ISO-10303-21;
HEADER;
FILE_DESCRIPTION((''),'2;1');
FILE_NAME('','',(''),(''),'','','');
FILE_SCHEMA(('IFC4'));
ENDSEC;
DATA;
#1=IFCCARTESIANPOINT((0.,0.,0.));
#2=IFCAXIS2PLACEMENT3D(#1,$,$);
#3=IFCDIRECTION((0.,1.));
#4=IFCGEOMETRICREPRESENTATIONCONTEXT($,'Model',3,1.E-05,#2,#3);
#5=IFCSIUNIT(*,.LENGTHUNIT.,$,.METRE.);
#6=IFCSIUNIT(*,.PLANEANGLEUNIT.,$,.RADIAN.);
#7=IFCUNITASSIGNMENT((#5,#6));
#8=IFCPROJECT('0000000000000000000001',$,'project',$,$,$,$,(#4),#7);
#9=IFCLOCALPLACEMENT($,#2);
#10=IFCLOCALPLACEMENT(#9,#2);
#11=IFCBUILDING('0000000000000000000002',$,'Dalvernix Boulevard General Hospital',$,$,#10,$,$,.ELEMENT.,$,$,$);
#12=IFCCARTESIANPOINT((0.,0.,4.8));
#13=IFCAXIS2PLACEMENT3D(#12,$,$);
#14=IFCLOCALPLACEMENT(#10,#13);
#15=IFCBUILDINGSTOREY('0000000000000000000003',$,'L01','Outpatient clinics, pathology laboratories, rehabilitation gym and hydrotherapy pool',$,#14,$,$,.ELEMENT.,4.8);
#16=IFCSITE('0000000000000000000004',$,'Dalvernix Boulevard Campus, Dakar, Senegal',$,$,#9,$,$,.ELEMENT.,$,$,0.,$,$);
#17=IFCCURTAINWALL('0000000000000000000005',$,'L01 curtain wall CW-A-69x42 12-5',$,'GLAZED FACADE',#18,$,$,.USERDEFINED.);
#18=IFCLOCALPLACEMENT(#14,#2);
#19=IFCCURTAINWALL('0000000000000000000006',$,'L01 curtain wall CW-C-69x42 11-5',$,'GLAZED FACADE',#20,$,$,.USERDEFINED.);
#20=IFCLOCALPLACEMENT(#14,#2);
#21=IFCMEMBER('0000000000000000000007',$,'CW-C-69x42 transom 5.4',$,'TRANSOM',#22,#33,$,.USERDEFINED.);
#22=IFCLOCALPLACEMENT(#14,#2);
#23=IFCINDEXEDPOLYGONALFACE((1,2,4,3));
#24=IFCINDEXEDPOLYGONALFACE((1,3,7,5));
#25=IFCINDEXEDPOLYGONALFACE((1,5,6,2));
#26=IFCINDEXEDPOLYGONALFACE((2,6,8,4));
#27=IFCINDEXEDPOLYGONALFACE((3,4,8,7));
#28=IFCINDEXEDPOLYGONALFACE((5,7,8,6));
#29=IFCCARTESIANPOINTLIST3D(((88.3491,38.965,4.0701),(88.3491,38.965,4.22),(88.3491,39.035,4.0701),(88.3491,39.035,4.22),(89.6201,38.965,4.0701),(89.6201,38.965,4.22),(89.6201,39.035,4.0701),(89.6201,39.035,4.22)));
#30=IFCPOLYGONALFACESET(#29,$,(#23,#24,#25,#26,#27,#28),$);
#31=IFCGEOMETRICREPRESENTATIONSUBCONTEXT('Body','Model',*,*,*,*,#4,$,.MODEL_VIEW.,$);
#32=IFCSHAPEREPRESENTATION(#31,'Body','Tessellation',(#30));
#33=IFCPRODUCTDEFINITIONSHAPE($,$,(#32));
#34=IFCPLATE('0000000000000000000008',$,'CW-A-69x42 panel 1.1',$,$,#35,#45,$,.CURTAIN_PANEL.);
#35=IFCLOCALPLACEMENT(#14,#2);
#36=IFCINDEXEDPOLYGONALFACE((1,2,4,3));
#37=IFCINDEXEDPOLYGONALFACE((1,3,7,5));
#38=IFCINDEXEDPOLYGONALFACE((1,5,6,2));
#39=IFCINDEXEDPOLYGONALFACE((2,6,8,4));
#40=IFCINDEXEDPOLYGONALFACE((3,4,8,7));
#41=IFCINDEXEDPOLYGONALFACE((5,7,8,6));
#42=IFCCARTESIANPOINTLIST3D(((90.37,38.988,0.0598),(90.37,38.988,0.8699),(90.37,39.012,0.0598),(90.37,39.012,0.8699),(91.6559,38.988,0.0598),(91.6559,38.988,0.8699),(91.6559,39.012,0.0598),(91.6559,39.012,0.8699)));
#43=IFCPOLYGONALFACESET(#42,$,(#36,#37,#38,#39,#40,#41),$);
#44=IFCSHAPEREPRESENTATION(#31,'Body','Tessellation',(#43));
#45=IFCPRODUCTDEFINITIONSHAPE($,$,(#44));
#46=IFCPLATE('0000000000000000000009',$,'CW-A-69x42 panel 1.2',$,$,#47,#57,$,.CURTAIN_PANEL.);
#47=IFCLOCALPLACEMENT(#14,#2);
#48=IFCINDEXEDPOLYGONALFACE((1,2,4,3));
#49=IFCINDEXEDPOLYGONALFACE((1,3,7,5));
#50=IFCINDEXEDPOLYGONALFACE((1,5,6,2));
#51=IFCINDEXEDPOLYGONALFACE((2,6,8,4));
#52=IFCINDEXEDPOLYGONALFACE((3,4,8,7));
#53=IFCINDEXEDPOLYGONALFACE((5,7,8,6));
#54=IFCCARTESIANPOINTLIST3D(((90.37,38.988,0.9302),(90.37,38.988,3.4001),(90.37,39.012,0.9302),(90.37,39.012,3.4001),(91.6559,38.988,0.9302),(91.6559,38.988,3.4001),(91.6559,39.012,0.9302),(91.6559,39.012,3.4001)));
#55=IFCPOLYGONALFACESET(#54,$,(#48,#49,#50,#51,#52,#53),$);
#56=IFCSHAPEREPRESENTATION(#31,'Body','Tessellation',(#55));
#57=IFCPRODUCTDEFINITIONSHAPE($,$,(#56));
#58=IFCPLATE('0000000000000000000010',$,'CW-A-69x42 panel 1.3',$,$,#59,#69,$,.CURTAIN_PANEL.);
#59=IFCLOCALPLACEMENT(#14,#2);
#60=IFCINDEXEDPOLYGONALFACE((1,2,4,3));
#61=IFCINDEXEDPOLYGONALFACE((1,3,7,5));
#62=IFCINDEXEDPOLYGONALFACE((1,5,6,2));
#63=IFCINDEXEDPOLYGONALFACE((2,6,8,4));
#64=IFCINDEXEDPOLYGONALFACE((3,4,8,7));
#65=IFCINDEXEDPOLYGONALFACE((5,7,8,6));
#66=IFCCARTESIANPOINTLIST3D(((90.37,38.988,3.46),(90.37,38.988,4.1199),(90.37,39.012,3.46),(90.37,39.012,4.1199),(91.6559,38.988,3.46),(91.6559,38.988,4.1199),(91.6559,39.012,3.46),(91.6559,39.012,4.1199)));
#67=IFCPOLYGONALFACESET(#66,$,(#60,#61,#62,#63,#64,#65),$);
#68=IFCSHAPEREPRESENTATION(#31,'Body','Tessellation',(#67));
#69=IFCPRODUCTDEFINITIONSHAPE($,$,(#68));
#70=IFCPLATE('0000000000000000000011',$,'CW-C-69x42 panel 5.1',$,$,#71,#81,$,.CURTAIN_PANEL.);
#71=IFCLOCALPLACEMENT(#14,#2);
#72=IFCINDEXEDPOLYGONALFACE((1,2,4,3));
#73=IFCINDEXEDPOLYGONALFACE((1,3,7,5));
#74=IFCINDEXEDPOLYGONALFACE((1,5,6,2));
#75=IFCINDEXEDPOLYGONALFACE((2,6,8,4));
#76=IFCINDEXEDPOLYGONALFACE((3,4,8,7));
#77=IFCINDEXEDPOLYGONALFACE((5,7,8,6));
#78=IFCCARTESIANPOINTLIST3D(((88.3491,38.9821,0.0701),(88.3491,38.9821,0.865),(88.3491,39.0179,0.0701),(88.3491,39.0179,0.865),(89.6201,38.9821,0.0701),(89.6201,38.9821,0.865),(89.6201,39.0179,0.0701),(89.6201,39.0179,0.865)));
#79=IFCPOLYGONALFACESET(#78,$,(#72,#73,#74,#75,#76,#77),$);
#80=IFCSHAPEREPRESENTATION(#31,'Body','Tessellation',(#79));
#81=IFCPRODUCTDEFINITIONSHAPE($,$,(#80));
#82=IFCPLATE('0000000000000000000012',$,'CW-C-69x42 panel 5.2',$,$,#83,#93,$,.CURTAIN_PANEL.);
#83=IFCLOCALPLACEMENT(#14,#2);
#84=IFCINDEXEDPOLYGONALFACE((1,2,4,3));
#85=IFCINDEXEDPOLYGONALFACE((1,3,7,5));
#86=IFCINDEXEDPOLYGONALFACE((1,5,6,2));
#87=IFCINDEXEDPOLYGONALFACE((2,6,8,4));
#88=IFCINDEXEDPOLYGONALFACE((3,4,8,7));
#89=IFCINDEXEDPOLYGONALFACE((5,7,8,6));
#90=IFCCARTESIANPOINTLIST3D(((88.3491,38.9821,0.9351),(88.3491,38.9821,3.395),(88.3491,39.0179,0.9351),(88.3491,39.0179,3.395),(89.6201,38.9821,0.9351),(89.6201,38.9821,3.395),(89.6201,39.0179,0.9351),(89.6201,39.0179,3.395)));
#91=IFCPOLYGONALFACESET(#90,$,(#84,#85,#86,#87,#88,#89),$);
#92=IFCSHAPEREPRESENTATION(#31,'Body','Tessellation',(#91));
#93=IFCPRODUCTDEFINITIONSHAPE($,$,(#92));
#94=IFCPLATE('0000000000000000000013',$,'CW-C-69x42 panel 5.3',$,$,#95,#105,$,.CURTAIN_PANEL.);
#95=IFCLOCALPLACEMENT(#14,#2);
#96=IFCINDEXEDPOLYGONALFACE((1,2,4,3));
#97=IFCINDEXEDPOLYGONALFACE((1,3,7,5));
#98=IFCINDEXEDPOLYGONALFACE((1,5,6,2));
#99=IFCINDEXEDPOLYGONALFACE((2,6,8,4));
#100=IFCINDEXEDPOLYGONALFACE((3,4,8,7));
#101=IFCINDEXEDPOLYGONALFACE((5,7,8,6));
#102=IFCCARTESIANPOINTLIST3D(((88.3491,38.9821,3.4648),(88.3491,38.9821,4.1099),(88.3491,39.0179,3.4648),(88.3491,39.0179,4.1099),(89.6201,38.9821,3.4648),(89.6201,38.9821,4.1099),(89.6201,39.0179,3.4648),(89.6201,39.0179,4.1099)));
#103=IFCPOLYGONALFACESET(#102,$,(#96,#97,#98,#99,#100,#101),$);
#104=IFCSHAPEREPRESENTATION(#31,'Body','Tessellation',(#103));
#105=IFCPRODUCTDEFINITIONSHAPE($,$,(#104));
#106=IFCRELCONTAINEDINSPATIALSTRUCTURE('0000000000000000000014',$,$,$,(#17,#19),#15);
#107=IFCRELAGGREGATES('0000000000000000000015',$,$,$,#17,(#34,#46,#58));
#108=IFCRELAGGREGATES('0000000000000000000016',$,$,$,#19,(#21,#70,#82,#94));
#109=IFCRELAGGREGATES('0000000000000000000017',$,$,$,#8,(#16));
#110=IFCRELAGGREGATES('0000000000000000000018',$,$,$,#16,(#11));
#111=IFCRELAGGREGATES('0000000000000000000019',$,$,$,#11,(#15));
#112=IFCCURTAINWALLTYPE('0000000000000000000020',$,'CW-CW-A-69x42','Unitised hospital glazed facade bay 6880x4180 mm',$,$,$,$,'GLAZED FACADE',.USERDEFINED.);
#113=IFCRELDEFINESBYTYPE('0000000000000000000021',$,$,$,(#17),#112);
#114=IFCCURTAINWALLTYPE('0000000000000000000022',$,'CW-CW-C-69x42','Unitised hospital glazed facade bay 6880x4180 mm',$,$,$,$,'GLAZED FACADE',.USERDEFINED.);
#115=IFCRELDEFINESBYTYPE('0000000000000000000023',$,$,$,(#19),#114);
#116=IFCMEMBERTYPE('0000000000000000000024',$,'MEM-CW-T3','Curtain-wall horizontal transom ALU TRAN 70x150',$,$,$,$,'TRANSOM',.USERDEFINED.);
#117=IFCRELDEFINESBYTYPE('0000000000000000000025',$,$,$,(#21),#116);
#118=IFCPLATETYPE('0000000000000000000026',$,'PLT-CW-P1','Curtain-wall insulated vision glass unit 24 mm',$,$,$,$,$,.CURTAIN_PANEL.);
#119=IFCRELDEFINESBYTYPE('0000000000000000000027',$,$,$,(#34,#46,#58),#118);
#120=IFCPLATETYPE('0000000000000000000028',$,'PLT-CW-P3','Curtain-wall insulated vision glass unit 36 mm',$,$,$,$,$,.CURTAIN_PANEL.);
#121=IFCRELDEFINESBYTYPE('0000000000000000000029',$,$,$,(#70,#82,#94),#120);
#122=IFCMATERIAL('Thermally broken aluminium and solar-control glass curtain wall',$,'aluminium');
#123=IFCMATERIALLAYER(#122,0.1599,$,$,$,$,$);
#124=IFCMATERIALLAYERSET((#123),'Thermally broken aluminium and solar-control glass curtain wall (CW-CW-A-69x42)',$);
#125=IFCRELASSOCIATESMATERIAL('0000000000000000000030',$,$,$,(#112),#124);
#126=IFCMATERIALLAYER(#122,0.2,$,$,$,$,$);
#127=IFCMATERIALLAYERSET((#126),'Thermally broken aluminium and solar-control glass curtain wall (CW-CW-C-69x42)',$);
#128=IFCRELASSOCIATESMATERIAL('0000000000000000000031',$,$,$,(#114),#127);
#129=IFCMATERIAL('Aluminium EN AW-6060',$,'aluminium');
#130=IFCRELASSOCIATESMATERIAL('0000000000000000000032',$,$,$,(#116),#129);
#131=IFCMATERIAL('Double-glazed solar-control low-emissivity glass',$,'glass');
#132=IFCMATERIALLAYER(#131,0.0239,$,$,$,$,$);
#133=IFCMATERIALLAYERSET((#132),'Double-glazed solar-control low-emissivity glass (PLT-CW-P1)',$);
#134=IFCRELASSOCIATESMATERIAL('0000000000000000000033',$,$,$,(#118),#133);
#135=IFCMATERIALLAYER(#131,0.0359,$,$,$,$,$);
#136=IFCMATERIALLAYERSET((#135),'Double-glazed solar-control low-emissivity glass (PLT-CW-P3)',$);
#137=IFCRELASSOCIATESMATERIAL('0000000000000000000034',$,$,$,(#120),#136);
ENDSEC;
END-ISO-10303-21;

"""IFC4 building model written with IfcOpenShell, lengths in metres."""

from ifc_helpers import new_model, si_unit, direction, frame, origin, origin_2d, place, context, subcontext, project, spatial, rectangle, extrude, material, layer, layer_set, material_profile, profile_set, type_object, element, aggregate, save


model = new_model("IFC4")

# Units and contexts
model_context = context("Model", 3, precision=1e-05, world=origin(), true_north=direction((0.0, 1.0)))
body_context = subcontext(model_context, "Body", "Model", "MODEL_VIEW")
ifc_project = project(units=[si_unit("LENGTHUNIT", "METRE"), si_unit("PLANEANGLEUNIT", "RADIAN")], contexts=[model_context])

# Site, building, storey
site_placement = place(None, origin())
site = spatial("IfcSite", under=ifc_project, at=site_placement, Name="Dalvernix Boulevard Campus, Dakar, Senegal", CompositionType="ELEMENT", RefElevation=0.0)
building_placement = place(site_placement, origin())
building = spatial("IfcBuilding", under=site, at=building_placement, Name="Dalvernix Boulevard General Hospital", CompositionType="ELEMENT")
storey_placement = place(building_placement, frame((0.0, 0.0, 4.8)))
storey = spatial("IfcBuildingStorey", under=building, at=storey_placement, Name="L01", Description="Outpatient clinics, pathology laboratories, rehabilitation gym and hydrotherapy pool", CompositionType="ELEMENT", Elevation=4.8)

# Curtain walls
ifc_material_1 = material(Name="Thermally broken aluminium and solar-control glass curtain wall", Category="aluminium")
ifc_layer_1 = layer(ifc_material_1, 0.1599)
ifc_layer_set_1 = layer_set([ifc_layer_1], Name="Thermally broken aluminium and solar-control glass curtain wall (CW-CW-A-69x42)")
curtain_wall_type_1 = type_object("IfcCurtainWallType", Name="CW-CW-A-69x42", Description="Unitised hospital glazed facade bay 6880x4180 mm", ElementType="GLAZED FACADE", PredefinedType="USERDEFINED", material=ifc_layer_set_1)
curtain_wall_1_placement = place(storey_placement, origin())
curtain_wall_1 = element("IfcCurtainWall", 1, at=curtain_wall_1_placement, inside=storey, type_object=curtain_wall_type_1, Name="L01 curtain wall CW-A-69x42 12-5", ObjectType="GLAZED FACADE", PredefinedType="USERDEFINED")
ifc_material_2 = material(Name="Aluminium EN AW-6060", Category="aluminium")
ifc_layer_2 = layer(ifc_material_1, 0.2)
ifc_layer_set_2 = layer_set([ifc_layer_2], Name="Thermally broken aluminium and solar-control glass curtain wall (CW-CW-C-69x42)")
curtain_wall_type_2 = type_object("IfcCurtainWallType", Name="CW-CW-C-69x42", Description="Unitised hospital glazed facade bay 6880x4180 mm", ElementType="GLAZED FACADE", PredefinedType="USERDEFINED", material=ifc_layer_set_2)
curtain_wall_2_placement = place(storey_placement, origin())
curtain_wall_2 = element("IfcCurtainWall", 2, at=curtain_wall_2_placement, inside=storey, type_object=curtain_wall_type_2, Name="L01 curtain wall CW-C-69x42 11-5", ObjectType="GLAZED FACADE", PredefinedType="USERDEFINED")

# Member
ifc_material_profile_1 = material_profile(ifc_material_2, rectangle(XDim=0.0701, YDim=0.1499, at=origin_2d()), Name="ALU TRAN 70x150")
ifc_profile_set_1 = profile_set([ifc_material_profile_1], Name="Aluminium EN AW-6060")
member_type_1 = type_object("IfcMemberType", Name="MEM-CW-T3", Description="Curtain-wall horizontal transom ALU TRAN 70x150", ElementType="TRANSOM", PredefinedType="USERDEFINED", material=ifc_profile_set_1)
member_1_placement = place(storey_placement, frame((88.3491, 39.0, 4.145), z_axis=(1.0, 0.0, 0.0), x_axis=(0.0, 1.0, 0.0)))
member_1 = element("IfcMember", 3, at=member_1_placement, type_object=member_type_1, Name="CW-C-69x42 transom 5.4", ObjectType="TRANSOM", PredefinedType="USERDEFINED", context=body_context, shape_type="SweptSolid", body=[
    extrude(rectangle(XDim=0.0701, YDim=0.1499, at=origin_2d()), origin(), (0.0, 0.0, 1.0), 1.271),
])

# Plates
ifc_material_3 = material(Name="Double-glazed solar-control low-emissivity glass", Category="glass")
ifc_layer_3 = layer(ifc_material_3, 0.0239)
ifc_layer_set_3 = layer_set([ifc_layer_3], Name="Double-glazed solar-control low-emissivity glass (PLT-CW-P1)")
plate_type_1 = type_object("IfcPlateType", Name="PLT-CW-P1", Description="Curtain-wall insulated vision glass unit 24 mm", PredefinedType="CURTAIN_PANEL", material=ifc_layer_set_3)
plate_1_placement = place(storey_placement, frame((91.0129, 39.0, 0.0598), z_axis=(0.0, 0.0, 1.0), x_axis=(1.0, 0.0, 0.0)))
plate_1 = element("IfcPlate", 4, at=plate_1_placement, type_object=plate_type_1, Name="CW-A-69x42 panel 1.1", PredefinedType="CURTAIN_PANEL", context=body_context, shape_type="SweptSolid", body=[
    extrude(rectangle(XDim=1.2859, YDim=0.0239, at=origin_2d()), origin(), (0.0, 0.0, 1.0), 0.8101),
])
plate_2_placement = place(storey_placement, frame((91.0129, 39.0, 0.9302), z_axis=(0.0, 0.0, 1.0), x_axis=(1.0, 0.0, 0.0)))
plate_2 = element("IfcPlate", 5, at=plate_2_placement, type_object=plate_type_1, Name="CW-A-69x42 panel 1.2", PredefinedType="CURTAIN_PANEL", context=body_context, shape_type="SweptSolid", body=[
    extrude(rectangle(XDim=1.2859, YDim=0.0239, at=origin_2d()), origin(), (0.0, 0.0, 1.0), 2.47),
])
plate_3_placement = place(storey_placement, frame((91.0129, 39.0, 3.46), z_axis=(0.0, 0.0, 1.0), x_axis=(1.0, 0.0, 0.0)))
plate_3 = element("IfcPlate", 6, at=plate_3_placement, type_object=plate_type_1, Name="CW-A-69x42 panel 1.3", PredefinedType="CURTAIN_PANEL", context=body_context, shape_type="SweptSolid", body=[
    extrude(rectangle(XDim=1.2859, YDim=0.0239, at=origin_2d()), origin(), (0.0, 0.0, 1.0), 0.6599),
])
aggregate(curtain_wall_1, [plate_1, plate_2, plate_3])
ifc_layer_4 = layer(ifc_material_3, 0.0359)
ifc_layer_set_4 = layer_set([ifc_layer_4], Name="Double-glazed solar-control low-emissivity glass (PLT-CW-P3)")
plate_type_2 = type_object("IfcPlateType", Name="PLT-CW-P3", Description="Curtain-wall insulated vision glass unit 36 mm", PredefinedType="CURTAIN_PANEL", material=ifc_layer_set_4)
plate_4_placement = place(storey_placement, frame((88.9846, 39.0, 0.0701), z_axis=(0.0, 0.0, 1.0), x_axis=(1.0, 0.0, 0.0)))
plate_4 = element("IfcPlate", 7, at=plate_4_placement, type_object=plate_type_2, Name="CW-C-69x42 panel 5.1", PredefinedType="CURTAIN_PANEL", context=body_context, shape_type="SweptSolid", body=[
    extrude(rectangle(XDim=1.271, YDim=0.0359, at=origin_2d()), origin(), (0.0, 0.0, 1.0), 0.7949),
])
plate_5_placement = place(storey_placement, frame((88.9846, 39.0, 0.9351), z_axis=(0.0, 0.0, 1.0), x_axis=(1.0, 0.0, 0.0)))
plate_5 = element("IfcPlate", 8, at=plate_5_placement, type_object=plate_type_2, Name="CW-C-69x42 panel 5.2", PredefinedType="CURTAIN_PANEL", context=body_context, shape_type="SweptSolid", body=[
    extrude(rectangle(XDim=1.271, YDim=0.0359, at=origin_2d()), origin(), (0.0, 0.0, 1.0), 2.46),
])
plate_6_placement = place(storey_placement, frame((88.9846, 39.0, 3.4648), z_axis=(0.0, 0.0, 1.0), x_axis=(1.0, 0.0, 0.0)))
plate_6 = element("IfcPlate", 9, at=plate_6_placement, type_object=plate_type_2, Name="CW-C-69x42 panel 5.3", PredefinedType="CURTAIN_PANEL", context=body_context, shape_type="SweptSolid", body=[
    extrude(rectangle(XDim=1.271, YDim=0.0359, at=origin_2d()), origin(), (0.0, 0.0, 1.0), 0.645),
])
aggregate(curtain_wall_2, [member_1, plate_4, plate_5, plate_6])

save(model, "model.ifc")
